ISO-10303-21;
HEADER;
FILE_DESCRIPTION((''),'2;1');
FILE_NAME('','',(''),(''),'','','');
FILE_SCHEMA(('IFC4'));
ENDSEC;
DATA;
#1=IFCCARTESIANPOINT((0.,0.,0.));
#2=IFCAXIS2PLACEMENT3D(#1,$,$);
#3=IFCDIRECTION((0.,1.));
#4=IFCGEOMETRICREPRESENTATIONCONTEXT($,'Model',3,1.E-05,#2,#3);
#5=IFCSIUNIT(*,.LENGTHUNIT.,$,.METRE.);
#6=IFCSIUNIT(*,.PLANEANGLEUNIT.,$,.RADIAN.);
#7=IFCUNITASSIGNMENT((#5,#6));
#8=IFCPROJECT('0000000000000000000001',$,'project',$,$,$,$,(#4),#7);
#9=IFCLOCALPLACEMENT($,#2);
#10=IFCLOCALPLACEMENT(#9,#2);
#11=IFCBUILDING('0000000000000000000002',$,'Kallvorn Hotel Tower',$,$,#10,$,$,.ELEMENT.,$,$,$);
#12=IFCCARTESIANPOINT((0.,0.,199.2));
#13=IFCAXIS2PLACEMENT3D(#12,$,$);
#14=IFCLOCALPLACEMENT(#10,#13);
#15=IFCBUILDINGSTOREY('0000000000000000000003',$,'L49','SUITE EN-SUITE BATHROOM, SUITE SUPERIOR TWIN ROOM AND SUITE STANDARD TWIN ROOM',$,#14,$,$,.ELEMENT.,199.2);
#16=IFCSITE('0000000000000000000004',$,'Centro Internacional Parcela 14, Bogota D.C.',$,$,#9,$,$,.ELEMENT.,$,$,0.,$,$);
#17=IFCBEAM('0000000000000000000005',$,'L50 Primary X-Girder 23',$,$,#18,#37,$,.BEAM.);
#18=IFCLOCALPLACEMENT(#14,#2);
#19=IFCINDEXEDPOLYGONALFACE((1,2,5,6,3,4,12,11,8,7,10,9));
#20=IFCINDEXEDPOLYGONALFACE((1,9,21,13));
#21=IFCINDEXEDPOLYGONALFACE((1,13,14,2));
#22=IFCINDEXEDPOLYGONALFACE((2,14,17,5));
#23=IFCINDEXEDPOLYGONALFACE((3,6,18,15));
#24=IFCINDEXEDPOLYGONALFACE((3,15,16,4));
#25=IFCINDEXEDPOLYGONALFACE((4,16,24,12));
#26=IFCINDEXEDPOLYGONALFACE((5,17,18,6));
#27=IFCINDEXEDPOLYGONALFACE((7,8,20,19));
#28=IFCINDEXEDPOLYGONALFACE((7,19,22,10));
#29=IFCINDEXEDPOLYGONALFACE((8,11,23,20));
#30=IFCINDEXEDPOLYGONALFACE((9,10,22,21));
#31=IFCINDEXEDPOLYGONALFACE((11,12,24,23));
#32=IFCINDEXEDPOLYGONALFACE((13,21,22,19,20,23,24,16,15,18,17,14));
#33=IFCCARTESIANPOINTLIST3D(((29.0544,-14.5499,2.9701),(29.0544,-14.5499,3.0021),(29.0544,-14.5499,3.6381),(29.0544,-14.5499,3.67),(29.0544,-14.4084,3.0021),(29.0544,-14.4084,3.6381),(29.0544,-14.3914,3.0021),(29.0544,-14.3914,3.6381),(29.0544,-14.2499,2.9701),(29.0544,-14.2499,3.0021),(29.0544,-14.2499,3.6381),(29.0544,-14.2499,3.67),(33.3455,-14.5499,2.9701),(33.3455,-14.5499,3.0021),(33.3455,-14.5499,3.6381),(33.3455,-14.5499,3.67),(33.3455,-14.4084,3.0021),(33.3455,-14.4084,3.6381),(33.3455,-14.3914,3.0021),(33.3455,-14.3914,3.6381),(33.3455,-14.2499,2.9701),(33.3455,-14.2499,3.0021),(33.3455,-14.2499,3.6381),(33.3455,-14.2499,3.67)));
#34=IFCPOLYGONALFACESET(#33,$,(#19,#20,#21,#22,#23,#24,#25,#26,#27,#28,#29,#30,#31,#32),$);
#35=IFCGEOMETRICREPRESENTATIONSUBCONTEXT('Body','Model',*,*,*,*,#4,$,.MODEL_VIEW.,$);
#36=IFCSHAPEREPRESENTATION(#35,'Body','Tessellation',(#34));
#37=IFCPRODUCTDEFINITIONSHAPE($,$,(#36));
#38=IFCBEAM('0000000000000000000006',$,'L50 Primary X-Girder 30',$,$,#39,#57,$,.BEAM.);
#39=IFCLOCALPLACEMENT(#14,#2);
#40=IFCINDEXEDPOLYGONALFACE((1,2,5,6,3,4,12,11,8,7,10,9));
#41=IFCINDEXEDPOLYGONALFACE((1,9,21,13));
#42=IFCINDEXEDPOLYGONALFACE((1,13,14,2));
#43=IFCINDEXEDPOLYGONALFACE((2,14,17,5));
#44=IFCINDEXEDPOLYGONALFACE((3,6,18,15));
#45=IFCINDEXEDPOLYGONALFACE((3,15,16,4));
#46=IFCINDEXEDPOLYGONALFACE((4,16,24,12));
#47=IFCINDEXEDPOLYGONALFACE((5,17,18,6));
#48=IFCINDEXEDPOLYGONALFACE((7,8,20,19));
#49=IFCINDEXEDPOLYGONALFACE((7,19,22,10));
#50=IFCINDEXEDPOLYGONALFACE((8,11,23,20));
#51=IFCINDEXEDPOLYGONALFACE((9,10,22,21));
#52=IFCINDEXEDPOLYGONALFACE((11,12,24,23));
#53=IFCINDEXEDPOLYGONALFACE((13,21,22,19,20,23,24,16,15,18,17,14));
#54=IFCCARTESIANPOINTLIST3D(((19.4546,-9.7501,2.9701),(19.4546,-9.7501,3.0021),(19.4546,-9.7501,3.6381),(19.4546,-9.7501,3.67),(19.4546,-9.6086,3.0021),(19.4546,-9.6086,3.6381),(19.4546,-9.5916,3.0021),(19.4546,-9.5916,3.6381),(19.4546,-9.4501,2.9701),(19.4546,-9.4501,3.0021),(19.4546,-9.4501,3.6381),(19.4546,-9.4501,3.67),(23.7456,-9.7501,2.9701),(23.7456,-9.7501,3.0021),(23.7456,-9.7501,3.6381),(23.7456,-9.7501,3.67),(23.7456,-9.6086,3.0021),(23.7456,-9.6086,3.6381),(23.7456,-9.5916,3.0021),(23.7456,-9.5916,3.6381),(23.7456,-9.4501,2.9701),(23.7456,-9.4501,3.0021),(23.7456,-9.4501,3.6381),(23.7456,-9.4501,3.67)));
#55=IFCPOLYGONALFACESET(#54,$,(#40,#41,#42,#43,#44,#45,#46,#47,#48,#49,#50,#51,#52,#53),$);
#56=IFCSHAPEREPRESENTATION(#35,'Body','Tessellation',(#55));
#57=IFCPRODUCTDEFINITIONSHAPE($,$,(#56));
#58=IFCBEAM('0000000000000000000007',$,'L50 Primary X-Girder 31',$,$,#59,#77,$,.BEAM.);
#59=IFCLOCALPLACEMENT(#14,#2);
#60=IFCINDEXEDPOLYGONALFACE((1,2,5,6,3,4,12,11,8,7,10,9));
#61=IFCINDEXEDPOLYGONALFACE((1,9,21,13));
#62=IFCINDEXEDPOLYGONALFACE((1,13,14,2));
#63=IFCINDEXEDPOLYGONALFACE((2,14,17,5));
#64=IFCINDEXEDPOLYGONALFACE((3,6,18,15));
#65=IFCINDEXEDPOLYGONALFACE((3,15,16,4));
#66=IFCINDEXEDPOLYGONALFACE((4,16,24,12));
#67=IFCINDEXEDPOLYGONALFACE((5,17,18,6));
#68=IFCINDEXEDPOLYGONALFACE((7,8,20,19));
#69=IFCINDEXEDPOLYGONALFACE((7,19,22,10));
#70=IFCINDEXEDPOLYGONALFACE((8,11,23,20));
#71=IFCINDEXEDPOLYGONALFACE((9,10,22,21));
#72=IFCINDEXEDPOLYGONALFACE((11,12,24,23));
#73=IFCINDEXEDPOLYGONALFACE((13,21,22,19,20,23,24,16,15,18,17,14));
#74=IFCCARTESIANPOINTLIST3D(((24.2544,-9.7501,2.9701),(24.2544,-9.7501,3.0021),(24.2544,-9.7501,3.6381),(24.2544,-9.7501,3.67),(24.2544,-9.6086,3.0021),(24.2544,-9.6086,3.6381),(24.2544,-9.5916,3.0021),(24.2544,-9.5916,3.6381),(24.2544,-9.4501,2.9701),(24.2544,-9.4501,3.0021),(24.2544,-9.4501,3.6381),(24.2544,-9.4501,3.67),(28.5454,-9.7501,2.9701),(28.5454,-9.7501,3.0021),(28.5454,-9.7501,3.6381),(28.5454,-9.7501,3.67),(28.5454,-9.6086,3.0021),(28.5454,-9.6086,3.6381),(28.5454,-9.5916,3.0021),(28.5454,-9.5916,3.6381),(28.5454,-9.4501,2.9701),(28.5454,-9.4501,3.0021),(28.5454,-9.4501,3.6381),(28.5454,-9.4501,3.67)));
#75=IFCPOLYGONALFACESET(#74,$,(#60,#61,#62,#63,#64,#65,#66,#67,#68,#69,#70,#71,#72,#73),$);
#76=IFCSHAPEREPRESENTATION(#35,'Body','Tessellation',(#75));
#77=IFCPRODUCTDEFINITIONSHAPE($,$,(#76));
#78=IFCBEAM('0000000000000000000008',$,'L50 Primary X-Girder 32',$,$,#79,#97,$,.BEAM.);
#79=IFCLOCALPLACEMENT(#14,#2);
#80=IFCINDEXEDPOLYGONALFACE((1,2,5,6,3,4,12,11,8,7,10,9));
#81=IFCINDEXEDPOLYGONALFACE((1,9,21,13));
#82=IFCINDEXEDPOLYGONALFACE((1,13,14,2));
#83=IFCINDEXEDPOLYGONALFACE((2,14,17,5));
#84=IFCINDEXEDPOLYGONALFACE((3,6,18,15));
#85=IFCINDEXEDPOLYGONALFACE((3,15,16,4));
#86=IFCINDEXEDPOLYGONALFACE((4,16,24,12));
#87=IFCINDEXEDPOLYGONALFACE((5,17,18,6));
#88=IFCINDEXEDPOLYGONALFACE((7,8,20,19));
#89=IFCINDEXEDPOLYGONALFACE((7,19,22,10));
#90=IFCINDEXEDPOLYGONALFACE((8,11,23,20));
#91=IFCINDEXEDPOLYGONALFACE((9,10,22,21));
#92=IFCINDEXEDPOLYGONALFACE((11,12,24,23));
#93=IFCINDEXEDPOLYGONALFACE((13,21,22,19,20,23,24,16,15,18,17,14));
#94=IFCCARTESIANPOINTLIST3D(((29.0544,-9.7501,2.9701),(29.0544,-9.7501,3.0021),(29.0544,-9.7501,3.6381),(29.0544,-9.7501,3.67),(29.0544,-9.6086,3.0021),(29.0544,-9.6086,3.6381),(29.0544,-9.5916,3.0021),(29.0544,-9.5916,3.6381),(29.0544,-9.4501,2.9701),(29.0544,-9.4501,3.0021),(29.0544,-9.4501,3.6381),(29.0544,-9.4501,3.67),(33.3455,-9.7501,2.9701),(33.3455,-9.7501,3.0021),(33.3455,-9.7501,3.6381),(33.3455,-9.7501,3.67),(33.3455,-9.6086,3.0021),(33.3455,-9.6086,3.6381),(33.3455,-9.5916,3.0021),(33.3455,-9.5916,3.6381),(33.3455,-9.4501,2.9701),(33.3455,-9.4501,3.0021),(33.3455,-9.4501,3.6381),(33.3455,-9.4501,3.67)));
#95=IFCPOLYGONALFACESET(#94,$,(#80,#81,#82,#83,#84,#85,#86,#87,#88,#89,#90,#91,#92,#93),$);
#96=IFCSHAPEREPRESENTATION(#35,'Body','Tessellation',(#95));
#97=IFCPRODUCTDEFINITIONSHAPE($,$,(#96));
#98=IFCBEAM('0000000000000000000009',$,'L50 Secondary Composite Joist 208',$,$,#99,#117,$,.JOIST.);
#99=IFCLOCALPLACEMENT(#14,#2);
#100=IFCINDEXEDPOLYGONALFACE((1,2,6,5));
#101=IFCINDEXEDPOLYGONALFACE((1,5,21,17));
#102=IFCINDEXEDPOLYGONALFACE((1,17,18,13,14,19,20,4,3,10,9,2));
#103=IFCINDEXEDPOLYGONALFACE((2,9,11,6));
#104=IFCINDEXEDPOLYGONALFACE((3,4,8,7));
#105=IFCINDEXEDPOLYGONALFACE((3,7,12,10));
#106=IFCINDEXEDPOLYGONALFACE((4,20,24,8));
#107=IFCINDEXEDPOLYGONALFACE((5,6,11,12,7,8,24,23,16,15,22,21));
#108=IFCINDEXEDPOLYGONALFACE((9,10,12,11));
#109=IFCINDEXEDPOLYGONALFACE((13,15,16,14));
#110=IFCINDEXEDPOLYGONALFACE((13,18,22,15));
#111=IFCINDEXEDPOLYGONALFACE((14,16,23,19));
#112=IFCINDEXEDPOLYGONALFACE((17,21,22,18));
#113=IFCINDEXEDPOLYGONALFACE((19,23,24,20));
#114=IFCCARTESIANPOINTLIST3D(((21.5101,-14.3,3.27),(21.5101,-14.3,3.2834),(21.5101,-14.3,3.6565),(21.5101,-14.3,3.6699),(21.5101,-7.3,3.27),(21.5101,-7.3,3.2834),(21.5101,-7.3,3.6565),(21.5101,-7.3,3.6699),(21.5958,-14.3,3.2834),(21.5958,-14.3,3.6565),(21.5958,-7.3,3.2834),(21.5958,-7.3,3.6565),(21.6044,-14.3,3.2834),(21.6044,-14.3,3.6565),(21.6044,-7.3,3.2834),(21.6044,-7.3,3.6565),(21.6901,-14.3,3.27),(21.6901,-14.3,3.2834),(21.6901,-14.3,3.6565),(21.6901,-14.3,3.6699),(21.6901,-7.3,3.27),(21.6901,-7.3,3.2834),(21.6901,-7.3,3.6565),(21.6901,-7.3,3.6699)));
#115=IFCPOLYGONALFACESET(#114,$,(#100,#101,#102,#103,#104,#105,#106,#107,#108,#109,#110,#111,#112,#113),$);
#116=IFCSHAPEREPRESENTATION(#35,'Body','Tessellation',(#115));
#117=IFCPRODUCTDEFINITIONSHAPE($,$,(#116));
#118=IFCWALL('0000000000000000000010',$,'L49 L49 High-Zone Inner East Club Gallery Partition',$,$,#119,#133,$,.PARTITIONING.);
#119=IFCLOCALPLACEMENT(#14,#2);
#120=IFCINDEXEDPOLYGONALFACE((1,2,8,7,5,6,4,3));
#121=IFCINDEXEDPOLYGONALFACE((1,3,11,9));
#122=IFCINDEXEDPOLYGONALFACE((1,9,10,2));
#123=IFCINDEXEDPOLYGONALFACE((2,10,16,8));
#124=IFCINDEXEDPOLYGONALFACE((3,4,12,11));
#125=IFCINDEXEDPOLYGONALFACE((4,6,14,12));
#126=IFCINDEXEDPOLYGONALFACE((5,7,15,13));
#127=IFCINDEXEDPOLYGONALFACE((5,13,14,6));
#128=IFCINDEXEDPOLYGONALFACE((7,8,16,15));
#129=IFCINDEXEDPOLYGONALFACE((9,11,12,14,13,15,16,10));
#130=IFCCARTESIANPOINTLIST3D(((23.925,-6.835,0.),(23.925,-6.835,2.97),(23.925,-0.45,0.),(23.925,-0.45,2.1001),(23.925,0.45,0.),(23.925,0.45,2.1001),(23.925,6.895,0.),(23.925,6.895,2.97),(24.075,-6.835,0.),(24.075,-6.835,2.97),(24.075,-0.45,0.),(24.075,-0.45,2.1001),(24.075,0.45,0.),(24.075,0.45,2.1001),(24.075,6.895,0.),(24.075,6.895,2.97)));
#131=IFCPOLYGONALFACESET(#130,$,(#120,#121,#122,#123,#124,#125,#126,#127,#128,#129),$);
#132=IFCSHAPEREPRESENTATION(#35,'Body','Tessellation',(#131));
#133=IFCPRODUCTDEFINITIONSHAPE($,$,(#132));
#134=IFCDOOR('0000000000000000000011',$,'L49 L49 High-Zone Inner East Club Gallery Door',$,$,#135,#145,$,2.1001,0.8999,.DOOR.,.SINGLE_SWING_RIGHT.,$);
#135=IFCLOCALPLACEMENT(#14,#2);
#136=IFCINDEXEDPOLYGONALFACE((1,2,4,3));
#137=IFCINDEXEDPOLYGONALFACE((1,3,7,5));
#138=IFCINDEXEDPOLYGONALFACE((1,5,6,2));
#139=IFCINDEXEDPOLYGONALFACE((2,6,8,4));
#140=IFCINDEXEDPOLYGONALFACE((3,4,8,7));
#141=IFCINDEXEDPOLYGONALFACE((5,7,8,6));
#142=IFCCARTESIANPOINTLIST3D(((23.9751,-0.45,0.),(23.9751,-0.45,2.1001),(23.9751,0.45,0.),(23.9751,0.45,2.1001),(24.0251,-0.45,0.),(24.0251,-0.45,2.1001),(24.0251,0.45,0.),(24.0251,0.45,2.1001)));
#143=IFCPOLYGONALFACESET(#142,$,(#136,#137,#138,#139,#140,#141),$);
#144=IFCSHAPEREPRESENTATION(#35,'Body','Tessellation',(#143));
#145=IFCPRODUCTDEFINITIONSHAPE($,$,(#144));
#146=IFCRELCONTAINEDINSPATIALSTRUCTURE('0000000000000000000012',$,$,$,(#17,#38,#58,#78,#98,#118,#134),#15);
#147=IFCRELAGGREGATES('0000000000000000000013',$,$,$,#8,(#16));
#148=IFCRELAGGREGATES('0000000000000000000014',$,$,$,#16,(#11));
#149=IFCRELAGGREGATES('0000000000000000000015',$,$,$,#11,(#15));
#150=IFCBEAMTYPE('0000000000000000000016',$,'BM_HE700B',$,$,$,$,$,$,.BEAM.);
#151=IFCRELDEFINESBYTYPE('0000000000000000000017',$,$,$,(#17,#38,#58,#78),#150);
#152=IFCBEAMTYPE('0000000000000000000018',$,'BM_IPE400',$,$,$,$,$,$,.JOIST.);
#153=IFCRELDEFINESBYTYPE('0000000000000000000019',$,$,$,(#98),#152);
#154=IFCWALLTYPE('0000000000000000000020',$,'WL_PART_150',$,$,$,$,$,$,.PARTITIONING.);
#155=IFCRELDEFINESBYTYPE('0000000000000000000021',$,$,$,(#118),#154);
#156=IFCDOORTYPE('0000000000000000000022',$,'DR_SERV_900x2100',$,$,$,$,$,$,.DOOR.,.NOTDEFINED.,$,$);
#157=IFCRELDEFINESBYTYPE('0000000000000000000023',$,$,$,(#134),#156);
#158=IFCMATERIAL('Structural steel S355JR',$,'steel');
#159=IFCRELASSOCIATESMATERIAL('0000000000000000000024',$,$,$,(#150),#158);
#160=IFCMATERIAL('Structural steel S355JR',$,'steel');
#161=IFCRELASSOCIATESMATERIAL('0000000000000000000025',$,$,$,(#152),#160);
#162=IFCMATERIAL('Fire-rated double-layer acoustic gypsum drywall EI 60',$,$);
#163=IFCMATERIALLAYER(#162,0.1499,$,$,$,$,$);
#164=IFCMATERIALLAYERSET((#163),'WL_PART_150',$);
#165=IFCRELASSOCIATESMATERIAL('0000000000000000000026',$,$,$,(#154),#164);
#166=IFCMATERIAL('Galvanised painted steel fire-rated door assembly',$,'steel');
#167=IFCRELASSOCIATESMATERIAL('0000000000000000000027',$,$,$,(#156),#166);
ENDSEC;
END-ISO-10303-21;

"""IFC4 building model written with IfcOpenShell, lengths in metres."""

from ifc_helpers import new_model, si_unit, direction, frame, frame_2d, origin, origin_2d, place, context, subcontext, project, spatial, rectangle, i_section, extrude, material, layer, layer_set, material_profile, profile_set, type_object, element, fill, save


model = new_model("IFC4")

# Units and contexts
model_context = context("Model", 3, precision=1e-05, world=origin(), true_north=direction((0.0, 1.0)))
body_context = subcontext(model_context, "Body", "Model", "MODEL_VIEW")
ifc_project = project(units=[si_unit("LENGTHUNIT", "METRE"), si_unit("PLANEANGLEUNIT", "RADIAN")], contexts=[model_context])

# Site, building, storey
site_placement = place(None, origin())
site = spatial("IfcSite", under=ifc_project, at=site_placement, Name="Centro Internacional Parcela 14, Bogota D.C.", CompositionType="ELEMENT", RefElevation=0.0)
building_placement = place(site_placement, origin())
building = spatial("IfcBuilding", under=site, at=building_placement, Name="Kallvorn Hotel Tower", CompositionType="ELEMENT")
storey_placement = place(building_placement, frame((0.0, 0.0, 199.2)))
storey = spatial("IfcBuildingStorey", under=building, at=storey_placement, Name="L49", Description="SUITE EN-SUITE BATHROOM, SUITE SUPERIOR TWIN ROOM AND SUITE STANDARD TWIN ROOM", CompositionType="ELEMENT", Elevation=199.2)

# Beams
ifc_material_1 = material(Name="Structural steel S355JR", Category="steel")
ifc_material_profile_1 = material_profile(ifc_material_1, i_section(OverallWidth=0.3, OverallDepth=0.7, WebThickness=0.0171, FlangeThickness=0.032, at=origin_2d()), Name="HE 700 B")
ifc_profile_set_1 = profile_set([ifc_material_profile_1], Name="Structural steel S355JR")
beam_type_1 = type_object("IfcBeamType", Name="BM_HE700B", PredefinedType="BEAM", material=ifc_profile_set_1)
for number, where, z_axis, x_axis, name in (
    (1, (29.0544, -14.3999, 3.3201), (1.0, 0.0, 0.0), (0.0, 1.0, 0.0), "L50 Primary X-Girder 23"),
    (2, (19.4546, -9.6001, 3.3201), (1.0, 0.0, 0.0), (0.0, 1.0, 0.0), "L50 Primary X-Girder 30"),
    (3, (24.2544, -9.6001, 3.3201), (1.0, 0.0, 0.0), (0.0, 1.0, 0.0), "L50 Primary X-Girder 31"),
    (4, (29.0544, -9.6001, 3.3201), (1.0, 0.0, 0.0), (0.0, 1.0, 0.0), "L50 Primary X-Girder 32"),
):
    element("IfcBeam", number, at=place(storey_placement, frame(where, z_axis=z_axis, x_axis=x_axis)), inside=storey, type_object=beam_type_1, Name=name, PredefinedType="BEAM", context=body_context, shape_type="SweptSolid", body=[
        extrude(i_section(OverallWidth=0.3, OverallDepth=0.7, WebThickness=0.0171, FlangeThickness=0.032, at=origin_2d()), origin(), (0.0, 0.0, 1.0), 4.291),
    ])
ifc_material_2 = material(Name="Structural steel S355JR", Category="steel")
ifc_material_profile_2 = material_profile(ifc_material_2, i_section(OverallWidth=0.1799, OverallDepth=0.3999, WebThickness=0.0085, FlangeThickness=0.0134, at=origin_2d()), Name="IPE 400")
ifc_profile_set_2 = profile_set([ifc_material_profile_2], Name="Structural steel S355JR")
beam_type_2 = type_object("IfcBeamType", Name="BM_IPE400", PredefinedType="JOIST", material=ifc_profile_set_2)
beam_1_placement = place(storey_placement, frame((21.6001, -14.3, 3.47), z_axis=(0.0, 1.0, 0.0), x_axis=(-1.0, 0.0, 0.0)))
element("IfcBeam", 5, at=beam_1_placement, inside=storey, type_object=beam_type_2, Name="L50 Secondary Composite Joist 208", PredefinedType="JOIST", context=body_context, shape_type="SweptSolid", body=[
    extrude(i_section(OverallWidth=0.1799, OverallDepth=0.3999, WebThickness=0.0085, FlangeThickness=0.0134, at=origin_2d()), origin(), (0.0, 0.0, 1.0), 7.0),
])

# Wall, opening, door
ifc_material_3 = material(Name="Fire-rated double-layer acoustic gypsum drywall EI 60")
ifc_layer = layer(ifc_material_3, 0.1499)
ifc_layer_set = layer_set([ifc_layer], Name="WL_PART_150")
wall_type = type_object("IfcWallType", Name="WL_PART_150", PredefinedType="PARTITIONING", material=ifc_layer_set)
wall_placement = place(storey_placement, frame((24.0, -6.835, 0.0), z_axis=(0.0, 0.0, 1.0), x_axis=(0.0, 1.0, 0.0)))
wall = element("IfcWall", 6, at=wall_placement, inside=storey, type_object=wall_type, Name="L49 L49 High-Zone Inner East Club Gallery Partition", PredefinedType="PARTITIONING", context=body_context, shape_type="SweptSolid", body=[
    extrude(rectangle(XDim=13.73, YDim=0.1499, at=frame_2d((6.865, 0.0))), origin(), (0.0, 0.0, 1.0), 2.97),
])
opening_placement = place(wall_placement, frame((6.385, 0.0, 0.0)))
opening = element("IfcOpeningElement", 7, at=opening_placement, cuts=wall, PredefinedType="OPENING", context=body_context, shape_type="SweptSolid", body=[
    extrude(rectangle(XDim=0.8999, YDim=2.1001, at=frame_2d((0.45, 1.05))), frame((0.0, 0.0898, 0.0), z_axis=(0.0, -1.0, 0.0), x_axis=(1.0, 0.0, 0.0)), (0.0, 0.0, 1.0), 0.1799),
])
ifc_material_4 = material(Name="Galvanised painted steel fire-rated door assembly", Category="steel")
door_type = type_object("IfcDoorType", Name="DR_SERV_900x2100", OperationType="NOTDEFINED", PredefinedType="DOOR", material=ifc_material_4)
door_placement = place(opening_placement, origin())
door = element("IfcDoor", 8, at=door_placement, inside=storey, type_object=door_type, Name="L49 L49 High-Zone Inner East Club Gallery Door", OperationType="SINGLE_SWING_RIGHT", OverallHeight=2.1001, OverallWidth=0.8999, PredefinedType="DOOR", context=body_context, shape_type="SweptSolid", body=[
    extrude(rectangle(XDim=0.8999, YDim=2.1001, at=frame_2d((0.45, 1.05))), frame((0.0, 0.0249, 0.0), z_axis=(0.0, -1.0, 0.0), x_axis=(1.0, 0.0, 0.0)), (0.0, 0.0, 1.0), 0.05),
])
fill(opening, door)

save(model, "model.ifc")
